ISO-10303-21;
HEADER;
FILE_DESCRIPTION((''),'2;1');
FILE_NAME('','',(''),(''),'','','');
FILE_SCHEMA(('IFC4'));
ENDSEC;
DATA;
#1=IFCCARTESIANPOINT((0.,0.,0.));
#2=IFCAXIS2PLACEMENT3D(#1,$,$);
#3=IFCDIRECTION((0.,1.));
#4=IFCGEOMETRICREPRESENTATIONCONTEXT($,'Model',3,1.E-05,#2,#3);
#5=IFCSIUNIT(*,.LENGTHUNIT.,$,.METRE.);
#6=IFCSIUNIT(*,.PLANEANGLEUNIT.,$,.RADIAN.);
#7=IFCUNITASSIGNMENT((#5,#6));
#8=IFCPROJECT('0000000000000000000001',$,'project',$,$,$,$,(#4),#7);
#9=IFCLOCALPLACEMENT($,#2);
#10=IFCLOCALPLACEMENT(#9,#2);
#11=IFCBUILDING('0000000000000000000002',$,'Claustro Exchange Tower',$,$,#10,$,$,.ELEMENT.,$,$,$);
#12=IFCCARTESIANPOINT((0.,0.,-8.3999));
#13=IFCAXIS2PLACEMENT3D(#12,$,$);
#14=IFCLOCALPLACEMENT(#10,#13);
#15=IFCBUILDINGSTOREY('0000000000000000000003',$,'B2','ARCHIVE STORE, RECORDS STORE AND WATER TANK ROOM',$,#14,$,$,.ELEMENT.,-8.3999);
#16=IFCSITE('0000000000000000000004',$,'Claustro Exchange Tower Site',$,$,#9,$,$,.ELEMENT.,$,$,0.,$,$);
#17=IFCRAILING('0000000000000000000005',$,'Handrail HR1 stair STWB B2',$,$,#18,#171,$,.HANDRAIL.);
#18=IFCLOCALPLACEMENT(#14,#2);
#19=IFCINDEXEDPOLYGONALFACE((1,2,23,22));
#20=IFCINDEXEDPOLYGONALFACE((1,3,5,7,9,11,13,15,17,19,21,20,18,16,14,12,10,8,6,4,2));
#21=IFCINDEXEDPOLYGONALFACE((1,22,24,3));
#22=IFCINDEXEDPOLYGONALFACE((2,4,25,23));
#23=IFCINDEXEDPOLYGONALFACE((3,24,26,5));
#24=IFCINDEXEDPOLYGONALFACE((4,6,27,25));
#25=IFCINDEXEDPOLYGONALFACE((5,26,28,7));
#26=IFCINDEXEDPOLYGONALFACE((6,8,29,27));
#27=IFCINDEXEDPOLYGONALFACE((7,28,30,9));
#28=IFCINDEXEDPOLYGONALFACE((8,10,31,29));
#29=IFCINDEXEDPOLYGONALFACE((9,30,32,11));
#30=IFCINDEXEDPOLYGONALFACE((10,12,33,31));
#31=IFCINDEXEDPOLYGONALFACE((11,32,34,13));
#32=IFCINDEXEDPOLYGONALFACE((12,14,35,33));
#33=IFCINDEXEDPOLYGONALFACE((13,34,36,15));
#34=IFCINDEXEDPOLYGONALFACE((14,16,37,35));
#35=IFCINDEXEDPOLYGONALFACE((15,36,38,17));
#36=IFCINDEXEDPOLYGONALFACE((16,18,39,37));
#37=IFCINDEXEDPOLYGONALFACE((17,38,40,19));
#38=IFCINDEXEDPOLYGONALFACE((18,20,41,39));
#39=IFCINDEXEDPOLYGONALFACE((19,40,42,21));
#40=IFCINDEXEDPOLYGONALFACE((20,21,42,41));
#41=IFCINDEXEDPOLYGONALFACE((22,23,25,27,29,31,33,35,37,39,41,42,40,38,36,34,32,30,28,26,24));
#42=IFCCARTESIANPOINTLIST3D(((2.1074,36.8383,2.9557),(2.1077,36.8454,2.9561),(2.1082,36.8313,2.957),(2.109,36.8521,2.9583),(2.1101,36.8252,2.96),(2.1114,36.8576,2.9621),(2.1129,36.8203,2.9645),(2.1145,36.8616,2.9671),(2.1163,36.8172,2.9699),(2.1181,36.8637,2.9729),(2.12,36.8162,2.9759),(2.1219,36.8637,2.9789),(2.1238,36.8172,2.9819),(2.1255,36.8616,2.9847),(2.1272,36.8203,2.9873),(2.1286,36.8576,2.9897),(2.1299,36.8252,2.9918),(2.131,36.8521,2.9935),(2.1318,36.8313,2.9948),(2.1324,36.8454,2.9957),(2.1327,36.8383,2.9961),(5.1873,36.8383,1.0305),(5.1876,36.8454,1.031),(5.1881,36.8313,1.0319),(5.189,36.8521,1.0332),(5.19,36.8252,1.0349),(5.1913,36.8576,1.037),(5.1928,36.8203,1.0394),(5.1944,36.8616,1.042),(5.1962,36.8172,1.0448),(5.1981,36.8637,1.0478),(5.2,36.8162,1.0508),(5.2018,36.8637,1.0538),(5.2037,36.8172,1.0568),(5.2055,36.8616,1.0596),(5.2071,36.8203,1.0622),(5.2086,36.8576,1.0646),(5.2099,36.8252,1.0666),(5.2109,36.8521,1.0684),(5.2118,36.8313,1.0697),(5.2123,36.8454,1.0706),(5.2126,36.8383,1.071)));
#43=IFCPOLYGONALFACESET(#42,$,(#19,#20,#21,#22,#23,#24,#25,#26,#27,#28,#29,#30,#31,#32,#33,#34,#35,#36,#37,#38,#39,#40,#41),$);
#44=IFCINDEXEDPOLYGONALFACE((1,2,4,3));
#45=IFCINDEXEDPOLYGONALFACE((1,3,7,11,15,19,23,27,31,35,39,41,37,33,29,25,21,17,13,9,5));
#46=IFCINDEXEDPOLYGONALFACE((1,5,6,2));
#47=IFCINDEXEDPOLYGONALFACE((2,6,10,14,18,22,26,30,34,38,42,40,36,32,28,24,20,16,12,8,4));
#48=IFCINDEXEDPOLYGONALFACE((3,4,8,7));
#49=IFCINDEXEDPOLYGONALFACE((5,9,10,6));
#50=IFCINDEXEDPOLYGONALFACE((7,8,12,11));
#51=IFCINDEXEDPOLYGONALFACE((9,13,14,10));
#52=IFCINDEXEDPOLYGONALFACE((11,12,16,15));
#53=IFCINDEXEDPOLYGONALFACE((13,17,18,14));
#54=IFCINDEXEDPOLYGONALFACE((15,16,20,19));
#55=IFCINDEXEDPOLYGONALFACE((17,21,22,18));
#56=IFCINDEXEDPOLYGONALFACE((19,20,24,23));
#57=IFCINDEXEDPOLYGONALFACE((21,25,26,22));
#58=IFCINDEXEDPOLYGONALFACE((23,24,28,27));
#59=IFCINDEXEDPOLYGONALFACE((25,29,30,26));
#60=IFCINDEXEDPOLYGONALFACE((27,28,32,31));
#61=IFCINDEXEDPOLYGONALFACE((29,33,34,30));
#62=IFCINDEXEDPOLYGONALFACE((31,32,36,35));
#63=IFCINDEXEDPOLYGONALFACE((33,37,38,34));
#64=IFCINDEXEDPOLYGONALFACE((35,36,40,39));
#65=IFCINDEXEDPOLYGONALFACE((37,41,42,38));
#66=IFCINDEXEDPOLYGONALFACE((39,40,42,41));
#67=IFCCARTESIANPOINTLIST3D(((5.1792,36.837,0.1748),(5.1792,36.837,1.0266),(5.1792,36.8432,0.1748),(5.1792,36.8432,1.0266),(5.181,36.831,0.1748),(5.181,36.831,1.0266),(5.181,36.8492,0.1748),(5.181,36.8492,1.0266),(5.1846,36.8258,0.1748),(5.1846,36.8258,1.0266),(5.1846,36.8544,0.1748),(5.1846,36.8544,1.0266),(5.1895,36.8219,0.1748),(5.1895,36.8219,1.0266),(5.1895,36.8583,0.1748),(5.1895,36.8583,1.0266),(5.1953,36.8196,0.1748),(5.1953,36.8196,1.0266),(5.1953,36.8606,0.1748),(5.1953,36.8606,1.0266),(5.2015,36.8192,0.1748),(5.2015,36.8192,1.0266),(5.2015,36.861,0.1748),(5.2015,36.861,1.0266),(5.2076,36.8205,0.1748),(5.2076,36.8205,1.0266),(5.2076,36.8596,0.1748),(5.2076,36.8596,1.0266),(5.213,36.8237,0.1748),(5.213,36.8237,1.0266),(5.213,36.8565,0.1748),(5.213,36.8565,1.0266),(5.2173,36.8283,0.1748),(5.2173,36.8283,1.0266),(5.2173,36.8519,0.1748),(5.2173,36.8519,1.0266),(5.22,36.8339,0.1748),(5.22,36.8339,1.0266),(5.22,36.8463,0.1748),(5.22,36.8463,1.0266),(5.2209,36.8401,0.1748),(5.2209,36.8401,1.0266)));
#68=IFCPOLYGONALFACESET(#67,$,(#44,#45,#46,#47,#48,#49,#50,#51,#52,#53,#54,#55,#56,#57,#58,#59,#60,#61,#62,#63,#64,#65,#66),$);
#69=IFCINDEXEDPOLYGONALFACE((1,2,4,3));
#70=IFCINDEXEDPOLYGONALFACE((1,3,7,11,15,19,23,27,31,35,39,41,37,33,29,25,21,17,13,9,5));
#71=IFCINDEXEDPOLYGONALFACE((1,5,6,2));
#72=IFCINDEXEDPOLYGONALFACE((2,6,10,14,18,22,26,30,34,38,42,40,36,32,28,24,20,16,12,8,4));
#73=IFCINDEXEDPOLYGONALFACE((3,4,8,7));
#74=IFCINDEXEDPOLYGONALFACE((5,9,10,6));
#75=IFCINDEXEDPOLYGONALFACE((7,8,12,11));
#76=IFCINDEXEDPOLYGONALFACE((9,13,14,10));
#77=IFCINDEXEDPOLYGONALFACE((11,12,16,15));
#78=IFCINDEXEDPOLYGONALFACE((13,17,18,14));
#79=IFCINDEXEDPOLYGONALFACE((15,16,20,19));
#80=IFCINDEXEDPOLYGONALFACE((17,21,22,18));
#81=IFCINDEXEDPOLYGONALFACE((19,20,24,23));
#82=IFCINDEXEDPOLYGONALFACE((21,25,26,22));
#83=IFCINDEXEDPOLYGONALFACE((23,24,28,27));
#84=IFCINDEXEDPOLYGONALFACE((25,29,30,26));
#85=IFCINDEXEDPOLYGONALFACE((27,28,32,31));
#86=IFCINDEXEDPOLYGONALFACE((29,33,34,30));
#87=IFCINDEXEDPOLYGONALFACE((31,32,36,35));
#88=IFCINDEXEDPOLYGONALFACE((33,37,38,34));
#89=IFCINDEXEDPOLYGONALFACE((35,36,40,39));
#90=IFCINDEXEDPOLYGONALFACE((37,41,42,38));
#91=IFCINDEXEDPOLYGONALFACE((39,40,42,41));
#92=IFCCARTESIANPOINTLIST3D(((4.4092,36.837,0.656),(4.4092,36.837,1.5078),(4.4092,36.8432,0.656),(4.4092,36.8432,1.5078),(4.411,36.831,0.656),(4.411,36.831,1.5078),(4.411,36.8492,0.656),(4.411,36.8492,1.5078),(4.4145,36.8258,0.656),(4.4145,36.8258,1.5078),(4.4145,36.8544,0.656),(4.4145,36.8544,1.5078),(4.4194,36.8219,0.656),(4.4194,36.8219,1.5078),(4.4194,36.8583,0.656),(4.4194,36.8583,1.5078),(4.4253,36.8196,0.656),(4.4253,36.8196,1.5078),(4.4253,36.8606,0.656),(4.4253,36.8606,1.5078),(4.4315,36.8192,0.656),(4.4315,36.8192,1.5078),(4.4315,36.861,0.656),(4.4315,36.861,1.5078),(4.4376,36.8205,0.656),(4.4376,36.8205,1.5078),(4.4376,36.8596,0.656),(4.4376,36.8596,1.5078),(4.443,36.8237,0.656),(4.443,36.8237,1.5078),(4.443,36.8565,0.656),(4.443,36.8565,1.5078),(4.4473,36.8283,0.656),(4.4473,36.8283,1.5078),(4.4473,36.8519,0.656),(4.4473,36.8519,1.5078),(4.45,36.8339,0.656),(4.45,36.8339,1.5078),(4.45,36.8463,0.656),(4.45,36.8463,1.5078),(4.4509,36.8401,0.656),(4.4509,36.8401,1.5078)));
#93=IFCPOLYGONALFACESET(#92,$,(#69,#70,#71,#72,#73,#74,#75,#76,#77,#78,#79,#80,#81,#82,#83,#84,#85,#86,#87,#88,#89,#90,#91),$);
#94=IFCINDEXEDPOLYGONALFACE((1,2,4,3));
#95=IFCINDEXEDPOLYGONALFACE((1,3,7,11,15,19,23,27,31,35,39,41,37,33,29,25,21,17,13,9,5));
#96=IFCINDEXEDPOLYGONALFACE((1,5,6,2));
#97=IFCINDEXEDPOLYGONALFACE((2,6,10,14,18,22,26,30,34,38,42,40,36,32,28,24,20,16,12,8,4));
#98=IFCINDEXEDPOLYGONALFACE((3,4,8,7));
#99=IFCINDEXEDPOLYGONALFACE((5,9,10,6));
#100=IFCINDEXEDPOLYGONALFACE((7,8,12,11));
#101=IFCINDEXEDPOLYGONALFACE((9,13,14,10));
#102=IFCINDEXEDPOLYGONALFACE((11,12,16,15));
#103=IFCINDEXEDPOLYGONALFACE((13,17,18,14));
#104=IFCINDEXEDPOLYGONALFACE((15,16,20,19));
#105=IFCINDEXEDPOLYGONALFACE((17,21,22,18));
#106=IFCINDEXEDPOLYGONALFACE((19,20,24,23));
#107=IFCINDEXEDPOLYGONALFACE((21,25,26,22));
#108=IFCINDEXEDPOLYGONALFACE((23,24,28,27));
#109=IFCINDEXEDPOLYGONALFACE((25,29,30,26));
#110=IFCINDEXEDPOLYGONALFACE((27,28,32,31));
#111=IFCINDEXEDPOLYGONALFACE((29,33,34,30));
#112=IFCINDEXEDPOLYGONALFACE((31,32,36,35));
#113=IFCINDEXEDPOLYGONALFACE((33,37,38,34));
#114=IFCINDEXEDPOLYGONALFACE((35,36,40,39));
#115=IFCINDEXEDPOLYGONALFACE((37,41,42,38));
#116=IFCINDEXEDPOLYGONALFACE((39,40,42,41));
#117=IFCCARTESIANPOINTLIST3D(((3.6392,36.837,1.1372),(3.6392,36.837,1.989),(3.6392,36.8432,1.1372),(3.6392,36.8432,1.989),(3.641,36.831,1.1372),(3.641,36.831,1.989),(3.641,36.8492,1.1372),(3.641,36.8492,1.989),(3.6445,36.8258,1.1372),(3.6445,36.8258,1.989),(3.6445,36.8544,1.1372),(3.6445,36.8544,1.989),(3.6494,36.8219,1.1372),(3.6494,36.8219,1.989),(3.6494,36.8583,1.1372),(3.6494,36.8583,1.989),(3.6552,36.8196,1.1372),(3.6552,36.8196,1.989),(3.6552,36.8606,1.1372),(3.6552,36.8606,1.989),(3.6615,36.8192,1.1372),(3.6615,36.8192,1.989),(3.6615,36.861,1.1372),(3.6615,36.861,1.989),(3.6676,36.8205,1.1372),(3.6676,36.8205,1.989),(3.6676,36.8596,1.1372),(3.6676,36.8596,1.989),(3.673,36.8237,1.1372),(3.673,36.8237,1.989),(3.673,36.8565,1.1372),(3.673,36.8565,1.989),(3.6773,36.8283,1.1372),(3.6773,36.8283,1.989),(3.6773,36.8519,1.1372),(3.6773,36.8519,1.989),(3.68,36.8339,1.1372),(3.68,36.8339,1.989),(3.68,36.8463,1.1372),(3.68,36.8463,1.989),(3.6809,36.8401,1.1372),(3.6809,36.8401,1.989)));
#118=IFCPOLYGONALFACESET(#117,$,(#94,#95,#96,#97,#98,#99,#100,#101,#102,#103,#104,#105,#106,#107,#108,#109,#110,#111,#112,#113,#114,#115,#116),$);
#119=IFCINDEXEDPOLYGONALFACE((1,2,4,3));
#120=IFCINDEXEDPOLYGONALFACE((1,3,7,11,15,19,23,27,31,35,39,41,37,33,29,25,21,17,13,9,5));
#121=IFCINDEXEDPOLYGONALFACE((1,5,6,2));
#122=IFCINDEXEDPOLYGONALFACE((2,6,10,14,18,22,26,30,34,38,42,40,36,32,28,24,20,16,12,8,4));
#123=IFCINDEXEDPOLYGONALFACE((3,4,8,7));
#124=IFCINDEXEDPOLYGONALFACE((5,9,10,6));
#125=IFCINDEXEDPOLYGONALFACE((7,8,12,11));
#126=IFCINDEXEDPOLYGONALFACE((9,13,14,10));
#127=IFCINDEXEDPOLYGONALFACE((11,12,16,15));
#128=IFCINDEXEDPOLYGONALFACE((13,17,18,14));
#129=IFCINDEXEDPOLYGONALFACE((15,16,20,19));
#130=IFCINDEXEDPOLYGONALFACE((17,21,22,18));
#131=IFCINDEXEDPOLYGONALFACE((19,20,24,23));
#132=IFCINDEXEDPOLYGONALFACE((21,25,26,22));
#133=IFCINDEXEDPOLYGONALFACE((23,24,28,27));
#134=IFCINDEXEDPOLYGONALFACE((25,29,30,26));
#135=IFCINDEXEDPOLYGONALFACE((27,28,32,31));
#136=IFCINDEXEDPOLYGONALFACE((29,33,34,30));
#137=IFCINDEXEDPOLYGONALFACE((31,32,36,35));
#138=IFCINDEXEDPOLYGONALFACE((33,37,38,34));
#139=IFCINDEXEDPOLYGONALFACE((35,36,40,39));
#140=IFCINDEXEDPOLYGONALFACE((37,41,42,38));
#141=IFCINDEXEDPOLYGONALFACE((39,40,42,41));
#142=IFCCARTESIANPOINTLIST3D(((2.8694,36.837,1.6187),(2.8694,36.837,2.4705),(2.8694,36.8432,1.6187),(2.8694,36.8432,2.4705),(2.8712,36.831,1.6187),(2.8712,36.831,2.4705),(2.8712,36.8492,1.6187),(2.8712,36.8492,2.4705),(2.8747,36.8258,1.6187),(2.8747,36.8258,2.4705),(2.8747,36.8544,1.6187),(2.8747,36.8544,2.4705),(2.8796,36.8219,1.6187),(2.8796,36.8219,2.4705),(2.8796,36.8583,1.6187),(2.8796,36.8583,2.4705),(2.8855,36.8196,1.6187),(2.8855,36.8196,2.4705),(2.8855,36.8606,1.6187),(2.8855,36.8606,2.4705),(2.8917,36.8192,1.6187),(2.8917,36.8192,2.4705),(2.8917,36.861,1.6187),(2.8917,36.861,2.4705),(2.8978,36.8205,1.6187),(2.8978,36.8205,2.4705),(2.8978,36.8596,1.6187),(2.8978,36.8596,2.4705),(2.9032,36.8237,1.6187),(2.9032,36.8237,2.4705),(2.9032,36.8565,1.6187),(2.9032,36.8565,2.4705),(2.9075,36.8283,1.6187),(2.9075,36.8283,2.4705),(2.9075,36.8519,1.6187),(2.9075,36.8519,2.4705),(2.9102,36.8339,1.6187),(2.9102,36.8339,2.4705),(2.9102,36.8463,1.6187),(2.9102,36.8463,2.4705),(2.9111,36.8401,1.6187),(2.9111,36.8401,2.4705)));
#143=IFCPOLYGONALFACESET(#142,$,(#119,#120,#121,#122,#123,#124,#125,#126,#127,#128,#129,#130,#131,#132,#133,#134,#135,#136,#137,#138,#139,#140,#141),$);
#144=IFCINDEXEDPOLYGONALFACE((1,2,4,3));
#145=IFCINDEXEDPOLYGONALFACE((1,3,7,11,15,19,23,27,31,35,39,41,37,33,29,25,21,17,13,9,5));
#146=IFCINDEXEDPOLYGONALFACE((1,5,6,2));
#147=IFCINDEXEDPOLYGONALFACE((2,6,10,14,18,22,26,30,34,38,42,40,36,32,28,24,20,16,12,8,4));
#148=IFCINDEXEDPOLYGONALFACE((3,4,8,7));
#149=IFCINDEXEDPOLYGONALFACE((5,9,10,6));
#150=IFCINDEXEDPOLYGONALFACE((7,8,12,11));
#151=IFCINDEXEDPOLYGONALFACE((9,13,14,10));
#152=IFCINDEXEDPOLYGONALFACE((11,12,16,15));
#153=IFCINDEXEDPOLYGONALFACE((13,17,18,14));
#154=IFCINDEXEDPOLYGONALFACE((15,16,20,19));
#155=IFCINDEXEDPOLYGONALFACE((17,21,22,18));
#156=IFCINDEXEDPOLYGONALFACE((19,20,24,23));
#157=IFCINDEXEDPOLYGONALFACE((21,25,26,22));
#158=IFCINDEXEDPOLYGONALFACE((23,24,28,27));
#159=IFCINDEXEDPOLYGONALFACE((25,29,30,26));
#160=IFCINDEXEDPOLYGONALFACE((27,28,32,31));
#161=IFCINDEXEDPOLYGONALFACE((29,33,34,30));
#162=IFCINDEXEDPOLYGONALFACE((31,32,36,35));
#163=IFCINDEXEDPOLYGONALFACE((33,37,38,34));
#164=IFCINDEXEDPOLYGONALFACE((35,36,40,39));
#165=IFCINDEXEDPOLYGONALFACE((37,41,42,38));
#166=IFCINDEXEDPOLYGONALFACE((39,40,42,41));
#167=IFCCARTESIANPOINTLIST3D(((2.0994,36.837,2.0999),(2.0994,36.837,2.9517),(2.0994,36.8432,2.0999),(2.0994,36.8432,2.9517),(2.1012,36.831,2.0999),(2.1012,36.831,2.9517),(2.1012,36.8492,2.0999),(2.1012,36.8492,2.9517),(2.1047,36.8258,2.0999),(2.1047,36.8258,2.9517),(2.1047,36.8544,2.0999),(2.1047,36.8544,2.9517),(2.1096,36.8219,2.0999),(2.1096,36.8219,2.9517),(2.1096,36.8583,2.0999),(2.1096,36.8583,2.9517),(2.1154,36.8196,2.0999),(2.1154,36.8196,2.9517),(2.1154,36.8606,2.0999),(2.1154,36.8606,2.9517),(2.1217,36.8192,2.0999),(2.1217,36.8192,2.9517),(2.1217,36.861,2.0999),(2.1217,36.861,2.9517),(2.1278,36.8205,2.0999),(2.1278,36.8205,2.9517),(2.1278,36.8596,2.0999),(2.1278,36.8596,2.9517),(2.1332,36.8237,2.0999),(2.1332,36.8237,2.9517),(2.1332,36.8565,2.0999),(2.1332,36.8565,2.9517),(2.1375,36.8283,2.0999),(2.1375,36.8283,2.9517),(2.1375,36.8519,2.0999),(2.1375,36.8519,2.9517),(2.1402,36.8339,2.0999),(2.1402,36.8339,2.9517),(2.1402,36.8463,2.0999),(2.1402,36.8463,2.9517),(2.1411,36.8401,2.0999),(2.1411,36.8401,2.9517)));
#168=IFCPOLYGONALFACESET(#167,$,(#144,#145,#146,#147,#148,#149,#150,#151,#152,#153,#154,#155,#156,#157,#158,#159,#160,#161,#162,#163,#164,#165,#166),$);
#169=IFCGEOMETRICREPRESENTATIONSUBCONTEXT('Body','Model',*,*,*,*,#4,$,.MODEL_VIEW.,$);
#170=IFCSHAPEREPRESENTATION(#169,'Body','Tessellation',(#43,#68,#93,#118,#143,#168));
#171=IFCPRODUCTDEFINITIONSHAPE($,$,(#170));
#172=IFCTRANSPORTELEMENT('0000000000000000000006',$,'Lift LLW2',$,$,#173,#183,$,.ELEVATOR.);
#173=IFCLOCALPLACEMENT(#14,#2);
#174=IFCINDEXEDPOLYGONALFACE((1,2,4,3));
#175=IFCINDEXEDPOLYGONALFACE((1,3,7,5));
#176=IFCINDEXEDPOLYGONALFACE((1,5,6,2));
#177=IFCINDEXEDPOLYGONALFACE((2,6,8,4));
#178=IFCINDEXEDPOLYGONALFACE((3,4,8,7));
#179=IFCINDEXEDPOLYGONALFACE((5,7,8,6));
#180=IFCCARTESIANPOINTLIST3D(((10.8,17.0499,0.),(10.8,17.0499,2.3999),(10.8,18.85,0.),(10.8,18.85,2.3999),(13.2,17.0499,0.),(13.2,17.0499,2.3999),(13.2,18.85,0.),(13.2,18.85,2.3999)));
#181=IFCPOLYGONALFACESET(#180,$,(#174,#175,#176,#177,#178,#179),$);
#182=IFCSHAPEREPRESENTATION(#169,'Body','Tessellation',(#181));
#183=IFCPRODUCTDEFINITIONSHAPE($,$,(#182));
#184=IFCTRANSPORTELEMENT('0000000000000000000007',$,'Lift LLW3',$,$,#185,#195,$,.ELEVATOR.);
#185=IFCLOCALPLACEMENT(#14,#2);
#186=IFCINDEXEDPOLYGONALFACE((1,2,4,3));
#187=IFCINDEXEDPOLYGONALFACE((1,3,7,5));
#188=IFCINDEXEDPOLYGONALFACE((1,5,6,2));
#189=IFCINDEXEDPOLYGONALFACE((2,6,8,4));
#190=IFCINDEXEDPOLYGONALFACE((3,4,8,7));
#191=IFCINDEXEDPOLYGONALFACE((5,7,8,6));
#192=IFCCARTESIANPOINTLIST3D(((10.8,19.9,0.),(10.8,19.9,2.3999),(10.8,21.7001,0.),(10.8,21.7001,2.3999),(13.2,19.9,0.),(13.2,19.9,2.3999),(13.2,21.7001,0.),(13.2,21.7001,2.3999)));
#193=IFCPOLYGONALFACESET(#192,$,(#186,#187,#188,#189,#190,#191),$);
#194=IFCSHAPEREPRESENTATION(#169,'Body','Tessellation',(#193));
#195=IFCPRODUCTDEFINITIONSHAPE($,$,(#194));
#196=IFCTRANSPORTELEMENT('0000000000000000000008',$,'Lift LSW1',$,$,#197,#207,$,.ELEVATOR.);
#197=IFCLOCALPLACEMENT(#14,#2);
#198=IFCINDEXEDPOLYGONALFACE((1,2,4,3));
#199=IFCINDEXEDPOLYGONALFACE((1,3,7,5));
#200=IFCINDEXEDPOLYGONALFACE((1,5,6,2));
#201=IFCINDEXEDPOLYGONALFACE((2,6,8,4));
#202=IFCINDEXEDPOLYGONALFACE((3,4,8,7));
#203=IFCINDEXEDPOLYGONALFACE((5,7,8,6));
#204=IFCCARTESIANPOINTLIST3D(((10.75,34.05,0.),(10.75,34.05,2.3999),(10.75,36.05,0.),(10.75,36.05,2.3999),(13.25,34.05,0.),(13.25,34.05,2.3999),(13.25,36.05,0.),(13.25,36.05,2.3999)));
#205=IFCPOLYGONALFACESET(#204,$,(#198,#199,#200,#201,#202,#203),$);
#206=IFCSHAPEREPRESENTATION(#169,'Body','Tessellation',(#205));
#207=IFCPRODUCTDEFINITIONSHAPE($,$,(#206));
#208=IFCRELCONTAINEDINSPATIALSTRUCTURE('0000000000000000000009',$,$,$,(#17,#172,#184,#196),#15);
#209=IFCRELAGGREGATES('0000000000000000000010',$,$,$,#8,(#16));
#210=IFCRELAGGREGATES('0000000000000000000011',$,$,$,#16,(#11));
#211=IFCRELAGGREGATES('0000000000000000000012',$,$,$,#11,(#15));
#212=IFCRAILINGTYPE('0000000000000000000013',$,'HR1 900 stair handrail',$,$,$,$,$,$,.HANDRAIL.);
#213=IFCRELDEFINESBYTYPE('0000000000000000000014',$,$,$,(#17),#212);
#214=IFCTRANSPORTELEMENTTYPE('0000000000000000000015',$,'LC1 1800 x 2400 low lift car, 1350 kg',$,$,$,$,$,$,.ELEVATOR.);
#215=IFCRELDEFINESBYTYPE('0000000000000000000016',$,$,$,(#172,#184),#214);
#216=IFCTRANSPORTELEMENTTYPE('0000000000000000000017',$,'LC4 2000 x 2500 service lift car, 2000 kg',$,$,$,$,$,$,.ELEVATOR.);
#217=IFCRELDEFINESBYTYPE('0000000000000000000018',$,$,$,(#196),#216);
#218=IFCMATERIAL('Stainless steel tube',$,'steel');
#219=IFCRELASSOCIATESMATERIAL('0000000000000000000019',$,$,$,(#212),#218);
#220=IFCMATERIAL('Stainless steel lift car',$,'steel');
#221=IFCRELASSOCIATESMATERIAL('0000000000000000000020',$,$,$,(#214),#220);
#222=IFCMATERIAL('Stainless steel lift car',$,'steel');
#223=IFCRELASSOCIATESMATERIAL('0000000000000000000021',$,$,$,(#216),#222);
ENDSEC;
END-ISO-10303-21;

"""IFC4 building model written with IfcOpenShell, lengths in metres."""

from ifc_helpers import new_model, si_unit, direction, frame, origin, origin_2d, place, context, subcontext, project, spatial, rectangle, circle, extrude, material, type_object, element, save


model = new_model("IFC4")

# Units and contexts
model_context = context("Model", 3, precision=1e-05, world=origin(), true_north=direction((0.0, 1.0)))
body_context = subcontext(model_context, "Body", "Model", "MODEL_VIEW")
ifc_project = project(units=[si_unit("LENGTHUNIT", "METRE"), si_unit("PLANEANGLEUNIT", "RADIAN")], contexts=[model_context])

# Site, building, storey
site_placement = place(None, origin())
site = spatial("IfcSite", under=ifc_project, at=site_placement, Name="Claustro Exchange Tower Site", CompositionType="ELEMENT", RefElevation=0.0)
building_placement = place(site_placement, origin())
building = spatial("IfcBuilding", under=site, at=building_placement, Name="Claustro Exchange Tower", CompositionType="ELEMENT")
storey_placement = place(building_placement, frame((0.0, 0.0, -8.3999)))
storey = spatial("IfcBuildingStorey", under=building, at=storey_placement, Name="B2", Description="ARCHIVE STORE, RECORDS STORE AND WATER TANK ROOM", CompositionType="ELEMENT", Elevation=-8.3999)

# Railing
ifc_material_1 = material(Name="Stainless steel tube", Category="steel")
railing_type_1 = type_object("IfcRailingType", Name="HR1 900 stair handrail", PredefinedType="HANDRAIL", material=ifc_material_1)
railing_1_placement = place(storey_placement, frame((5.2, 36.8401, 0.1748)))
element("IfcRailing", 1, at=railing_1_placement, inside=storey, type_object=railing_type_1, Name="Handrail HR1 stair STWB B2", PredefinedType="HANDRAIL", context=body_context, shape_type="SweptSolid", body=[
    extrude(circle(Radius=0.0239, at=origin_2d()), frame((0.0, 0.0, 0.876), z_axis=(-0.847979, 0.0, 0.530029), x_axis=(0.0, -1.0, 0.0)), (0.0, 0.0, 1.0), 3.6321),
    extrude(circle(Radius=0.021, at=origin_2d()), origin(), (0.0, 0.0, 1.0), 0.8518),
    extrude(circle(Radius=0.021, at=origin_2d()), frame((-0.77, 0.0, 0.4812)), (0.0, 0.0, 1.0), 0.8518),
    extrude(circle(Radius=0.021, at=origin_2d()), frame((-1.54, 0.0, 0.9624)), (0.0, 0.0, 1.0), 0.8518),
    extrude(circle(Radius=0.021, at=origin_2d()), frame((-2.3098, 0.0, 1.4438)), (0.0, 0.0, 1.0), 0.8518),
    extrude(circle(Radius=0.021, at=origin_2d()), frame((-3.0798, 0.0, 1.925)), (0.0, 0.0, 1.0), 0.8518),
])

# Transport elements
ifc_material_2 = material(Name="Stainless steel lift car", Category="steel")
transport_element_type_1 = type_object("IfcTransportElementType", Name="LC1 1800 x 2400 low lift car, 1350 kg", PredefinedType="ELEVATOR", material=ifc_material_2)
for number, where, name in (
    (2, (12.0, 17.95, 0.0), "Lift LLW2"),
    (3, (12.0, 20.8, 0.0), "Lift LLW3"),
):
    element("IfcTransportElement", number, at=place(storey_placement, frame(where)), inside=storey, type_object=transport_element_type_1, Name=name, PredefinedType="ELEVATOR", context=body_context, shape_type="SweptSolid", body=[
        extrude(rectangle(XDim=2.3999, YDim=1.8, at=origin_2d()), origin(), (0.0, 0.0, 1.0), 2.3999),
    ])
ifc_material_3 = material(Name="Stainless steel lift car", Category="steel")
transport_element_type_2 = type_object("IfcTransportElementType", Name="LC4 2000 x 2500 service lift car, 2000 kg", PredefinedType="ELEVATOR", material=ifc_material_3)
transport_element_placement = place(storey_placement, frame((12.0, 35.05, 0.0)))
element("IfcTransportElement", 4, at=transport_element_placement, inside=storey, type_object=transport_element_type_2, Name="Lift LSW1", PredefinedType="ELEVATOR", context=body_context, shape_type="SweptSolid", body=[
    extrude(rectangle(XDim=2.5, YDim=2.0, at=origin_2d()), origin(), (0.0, 0.0, 1.0), 2.3999),
])

save(model, "model.ifc")
